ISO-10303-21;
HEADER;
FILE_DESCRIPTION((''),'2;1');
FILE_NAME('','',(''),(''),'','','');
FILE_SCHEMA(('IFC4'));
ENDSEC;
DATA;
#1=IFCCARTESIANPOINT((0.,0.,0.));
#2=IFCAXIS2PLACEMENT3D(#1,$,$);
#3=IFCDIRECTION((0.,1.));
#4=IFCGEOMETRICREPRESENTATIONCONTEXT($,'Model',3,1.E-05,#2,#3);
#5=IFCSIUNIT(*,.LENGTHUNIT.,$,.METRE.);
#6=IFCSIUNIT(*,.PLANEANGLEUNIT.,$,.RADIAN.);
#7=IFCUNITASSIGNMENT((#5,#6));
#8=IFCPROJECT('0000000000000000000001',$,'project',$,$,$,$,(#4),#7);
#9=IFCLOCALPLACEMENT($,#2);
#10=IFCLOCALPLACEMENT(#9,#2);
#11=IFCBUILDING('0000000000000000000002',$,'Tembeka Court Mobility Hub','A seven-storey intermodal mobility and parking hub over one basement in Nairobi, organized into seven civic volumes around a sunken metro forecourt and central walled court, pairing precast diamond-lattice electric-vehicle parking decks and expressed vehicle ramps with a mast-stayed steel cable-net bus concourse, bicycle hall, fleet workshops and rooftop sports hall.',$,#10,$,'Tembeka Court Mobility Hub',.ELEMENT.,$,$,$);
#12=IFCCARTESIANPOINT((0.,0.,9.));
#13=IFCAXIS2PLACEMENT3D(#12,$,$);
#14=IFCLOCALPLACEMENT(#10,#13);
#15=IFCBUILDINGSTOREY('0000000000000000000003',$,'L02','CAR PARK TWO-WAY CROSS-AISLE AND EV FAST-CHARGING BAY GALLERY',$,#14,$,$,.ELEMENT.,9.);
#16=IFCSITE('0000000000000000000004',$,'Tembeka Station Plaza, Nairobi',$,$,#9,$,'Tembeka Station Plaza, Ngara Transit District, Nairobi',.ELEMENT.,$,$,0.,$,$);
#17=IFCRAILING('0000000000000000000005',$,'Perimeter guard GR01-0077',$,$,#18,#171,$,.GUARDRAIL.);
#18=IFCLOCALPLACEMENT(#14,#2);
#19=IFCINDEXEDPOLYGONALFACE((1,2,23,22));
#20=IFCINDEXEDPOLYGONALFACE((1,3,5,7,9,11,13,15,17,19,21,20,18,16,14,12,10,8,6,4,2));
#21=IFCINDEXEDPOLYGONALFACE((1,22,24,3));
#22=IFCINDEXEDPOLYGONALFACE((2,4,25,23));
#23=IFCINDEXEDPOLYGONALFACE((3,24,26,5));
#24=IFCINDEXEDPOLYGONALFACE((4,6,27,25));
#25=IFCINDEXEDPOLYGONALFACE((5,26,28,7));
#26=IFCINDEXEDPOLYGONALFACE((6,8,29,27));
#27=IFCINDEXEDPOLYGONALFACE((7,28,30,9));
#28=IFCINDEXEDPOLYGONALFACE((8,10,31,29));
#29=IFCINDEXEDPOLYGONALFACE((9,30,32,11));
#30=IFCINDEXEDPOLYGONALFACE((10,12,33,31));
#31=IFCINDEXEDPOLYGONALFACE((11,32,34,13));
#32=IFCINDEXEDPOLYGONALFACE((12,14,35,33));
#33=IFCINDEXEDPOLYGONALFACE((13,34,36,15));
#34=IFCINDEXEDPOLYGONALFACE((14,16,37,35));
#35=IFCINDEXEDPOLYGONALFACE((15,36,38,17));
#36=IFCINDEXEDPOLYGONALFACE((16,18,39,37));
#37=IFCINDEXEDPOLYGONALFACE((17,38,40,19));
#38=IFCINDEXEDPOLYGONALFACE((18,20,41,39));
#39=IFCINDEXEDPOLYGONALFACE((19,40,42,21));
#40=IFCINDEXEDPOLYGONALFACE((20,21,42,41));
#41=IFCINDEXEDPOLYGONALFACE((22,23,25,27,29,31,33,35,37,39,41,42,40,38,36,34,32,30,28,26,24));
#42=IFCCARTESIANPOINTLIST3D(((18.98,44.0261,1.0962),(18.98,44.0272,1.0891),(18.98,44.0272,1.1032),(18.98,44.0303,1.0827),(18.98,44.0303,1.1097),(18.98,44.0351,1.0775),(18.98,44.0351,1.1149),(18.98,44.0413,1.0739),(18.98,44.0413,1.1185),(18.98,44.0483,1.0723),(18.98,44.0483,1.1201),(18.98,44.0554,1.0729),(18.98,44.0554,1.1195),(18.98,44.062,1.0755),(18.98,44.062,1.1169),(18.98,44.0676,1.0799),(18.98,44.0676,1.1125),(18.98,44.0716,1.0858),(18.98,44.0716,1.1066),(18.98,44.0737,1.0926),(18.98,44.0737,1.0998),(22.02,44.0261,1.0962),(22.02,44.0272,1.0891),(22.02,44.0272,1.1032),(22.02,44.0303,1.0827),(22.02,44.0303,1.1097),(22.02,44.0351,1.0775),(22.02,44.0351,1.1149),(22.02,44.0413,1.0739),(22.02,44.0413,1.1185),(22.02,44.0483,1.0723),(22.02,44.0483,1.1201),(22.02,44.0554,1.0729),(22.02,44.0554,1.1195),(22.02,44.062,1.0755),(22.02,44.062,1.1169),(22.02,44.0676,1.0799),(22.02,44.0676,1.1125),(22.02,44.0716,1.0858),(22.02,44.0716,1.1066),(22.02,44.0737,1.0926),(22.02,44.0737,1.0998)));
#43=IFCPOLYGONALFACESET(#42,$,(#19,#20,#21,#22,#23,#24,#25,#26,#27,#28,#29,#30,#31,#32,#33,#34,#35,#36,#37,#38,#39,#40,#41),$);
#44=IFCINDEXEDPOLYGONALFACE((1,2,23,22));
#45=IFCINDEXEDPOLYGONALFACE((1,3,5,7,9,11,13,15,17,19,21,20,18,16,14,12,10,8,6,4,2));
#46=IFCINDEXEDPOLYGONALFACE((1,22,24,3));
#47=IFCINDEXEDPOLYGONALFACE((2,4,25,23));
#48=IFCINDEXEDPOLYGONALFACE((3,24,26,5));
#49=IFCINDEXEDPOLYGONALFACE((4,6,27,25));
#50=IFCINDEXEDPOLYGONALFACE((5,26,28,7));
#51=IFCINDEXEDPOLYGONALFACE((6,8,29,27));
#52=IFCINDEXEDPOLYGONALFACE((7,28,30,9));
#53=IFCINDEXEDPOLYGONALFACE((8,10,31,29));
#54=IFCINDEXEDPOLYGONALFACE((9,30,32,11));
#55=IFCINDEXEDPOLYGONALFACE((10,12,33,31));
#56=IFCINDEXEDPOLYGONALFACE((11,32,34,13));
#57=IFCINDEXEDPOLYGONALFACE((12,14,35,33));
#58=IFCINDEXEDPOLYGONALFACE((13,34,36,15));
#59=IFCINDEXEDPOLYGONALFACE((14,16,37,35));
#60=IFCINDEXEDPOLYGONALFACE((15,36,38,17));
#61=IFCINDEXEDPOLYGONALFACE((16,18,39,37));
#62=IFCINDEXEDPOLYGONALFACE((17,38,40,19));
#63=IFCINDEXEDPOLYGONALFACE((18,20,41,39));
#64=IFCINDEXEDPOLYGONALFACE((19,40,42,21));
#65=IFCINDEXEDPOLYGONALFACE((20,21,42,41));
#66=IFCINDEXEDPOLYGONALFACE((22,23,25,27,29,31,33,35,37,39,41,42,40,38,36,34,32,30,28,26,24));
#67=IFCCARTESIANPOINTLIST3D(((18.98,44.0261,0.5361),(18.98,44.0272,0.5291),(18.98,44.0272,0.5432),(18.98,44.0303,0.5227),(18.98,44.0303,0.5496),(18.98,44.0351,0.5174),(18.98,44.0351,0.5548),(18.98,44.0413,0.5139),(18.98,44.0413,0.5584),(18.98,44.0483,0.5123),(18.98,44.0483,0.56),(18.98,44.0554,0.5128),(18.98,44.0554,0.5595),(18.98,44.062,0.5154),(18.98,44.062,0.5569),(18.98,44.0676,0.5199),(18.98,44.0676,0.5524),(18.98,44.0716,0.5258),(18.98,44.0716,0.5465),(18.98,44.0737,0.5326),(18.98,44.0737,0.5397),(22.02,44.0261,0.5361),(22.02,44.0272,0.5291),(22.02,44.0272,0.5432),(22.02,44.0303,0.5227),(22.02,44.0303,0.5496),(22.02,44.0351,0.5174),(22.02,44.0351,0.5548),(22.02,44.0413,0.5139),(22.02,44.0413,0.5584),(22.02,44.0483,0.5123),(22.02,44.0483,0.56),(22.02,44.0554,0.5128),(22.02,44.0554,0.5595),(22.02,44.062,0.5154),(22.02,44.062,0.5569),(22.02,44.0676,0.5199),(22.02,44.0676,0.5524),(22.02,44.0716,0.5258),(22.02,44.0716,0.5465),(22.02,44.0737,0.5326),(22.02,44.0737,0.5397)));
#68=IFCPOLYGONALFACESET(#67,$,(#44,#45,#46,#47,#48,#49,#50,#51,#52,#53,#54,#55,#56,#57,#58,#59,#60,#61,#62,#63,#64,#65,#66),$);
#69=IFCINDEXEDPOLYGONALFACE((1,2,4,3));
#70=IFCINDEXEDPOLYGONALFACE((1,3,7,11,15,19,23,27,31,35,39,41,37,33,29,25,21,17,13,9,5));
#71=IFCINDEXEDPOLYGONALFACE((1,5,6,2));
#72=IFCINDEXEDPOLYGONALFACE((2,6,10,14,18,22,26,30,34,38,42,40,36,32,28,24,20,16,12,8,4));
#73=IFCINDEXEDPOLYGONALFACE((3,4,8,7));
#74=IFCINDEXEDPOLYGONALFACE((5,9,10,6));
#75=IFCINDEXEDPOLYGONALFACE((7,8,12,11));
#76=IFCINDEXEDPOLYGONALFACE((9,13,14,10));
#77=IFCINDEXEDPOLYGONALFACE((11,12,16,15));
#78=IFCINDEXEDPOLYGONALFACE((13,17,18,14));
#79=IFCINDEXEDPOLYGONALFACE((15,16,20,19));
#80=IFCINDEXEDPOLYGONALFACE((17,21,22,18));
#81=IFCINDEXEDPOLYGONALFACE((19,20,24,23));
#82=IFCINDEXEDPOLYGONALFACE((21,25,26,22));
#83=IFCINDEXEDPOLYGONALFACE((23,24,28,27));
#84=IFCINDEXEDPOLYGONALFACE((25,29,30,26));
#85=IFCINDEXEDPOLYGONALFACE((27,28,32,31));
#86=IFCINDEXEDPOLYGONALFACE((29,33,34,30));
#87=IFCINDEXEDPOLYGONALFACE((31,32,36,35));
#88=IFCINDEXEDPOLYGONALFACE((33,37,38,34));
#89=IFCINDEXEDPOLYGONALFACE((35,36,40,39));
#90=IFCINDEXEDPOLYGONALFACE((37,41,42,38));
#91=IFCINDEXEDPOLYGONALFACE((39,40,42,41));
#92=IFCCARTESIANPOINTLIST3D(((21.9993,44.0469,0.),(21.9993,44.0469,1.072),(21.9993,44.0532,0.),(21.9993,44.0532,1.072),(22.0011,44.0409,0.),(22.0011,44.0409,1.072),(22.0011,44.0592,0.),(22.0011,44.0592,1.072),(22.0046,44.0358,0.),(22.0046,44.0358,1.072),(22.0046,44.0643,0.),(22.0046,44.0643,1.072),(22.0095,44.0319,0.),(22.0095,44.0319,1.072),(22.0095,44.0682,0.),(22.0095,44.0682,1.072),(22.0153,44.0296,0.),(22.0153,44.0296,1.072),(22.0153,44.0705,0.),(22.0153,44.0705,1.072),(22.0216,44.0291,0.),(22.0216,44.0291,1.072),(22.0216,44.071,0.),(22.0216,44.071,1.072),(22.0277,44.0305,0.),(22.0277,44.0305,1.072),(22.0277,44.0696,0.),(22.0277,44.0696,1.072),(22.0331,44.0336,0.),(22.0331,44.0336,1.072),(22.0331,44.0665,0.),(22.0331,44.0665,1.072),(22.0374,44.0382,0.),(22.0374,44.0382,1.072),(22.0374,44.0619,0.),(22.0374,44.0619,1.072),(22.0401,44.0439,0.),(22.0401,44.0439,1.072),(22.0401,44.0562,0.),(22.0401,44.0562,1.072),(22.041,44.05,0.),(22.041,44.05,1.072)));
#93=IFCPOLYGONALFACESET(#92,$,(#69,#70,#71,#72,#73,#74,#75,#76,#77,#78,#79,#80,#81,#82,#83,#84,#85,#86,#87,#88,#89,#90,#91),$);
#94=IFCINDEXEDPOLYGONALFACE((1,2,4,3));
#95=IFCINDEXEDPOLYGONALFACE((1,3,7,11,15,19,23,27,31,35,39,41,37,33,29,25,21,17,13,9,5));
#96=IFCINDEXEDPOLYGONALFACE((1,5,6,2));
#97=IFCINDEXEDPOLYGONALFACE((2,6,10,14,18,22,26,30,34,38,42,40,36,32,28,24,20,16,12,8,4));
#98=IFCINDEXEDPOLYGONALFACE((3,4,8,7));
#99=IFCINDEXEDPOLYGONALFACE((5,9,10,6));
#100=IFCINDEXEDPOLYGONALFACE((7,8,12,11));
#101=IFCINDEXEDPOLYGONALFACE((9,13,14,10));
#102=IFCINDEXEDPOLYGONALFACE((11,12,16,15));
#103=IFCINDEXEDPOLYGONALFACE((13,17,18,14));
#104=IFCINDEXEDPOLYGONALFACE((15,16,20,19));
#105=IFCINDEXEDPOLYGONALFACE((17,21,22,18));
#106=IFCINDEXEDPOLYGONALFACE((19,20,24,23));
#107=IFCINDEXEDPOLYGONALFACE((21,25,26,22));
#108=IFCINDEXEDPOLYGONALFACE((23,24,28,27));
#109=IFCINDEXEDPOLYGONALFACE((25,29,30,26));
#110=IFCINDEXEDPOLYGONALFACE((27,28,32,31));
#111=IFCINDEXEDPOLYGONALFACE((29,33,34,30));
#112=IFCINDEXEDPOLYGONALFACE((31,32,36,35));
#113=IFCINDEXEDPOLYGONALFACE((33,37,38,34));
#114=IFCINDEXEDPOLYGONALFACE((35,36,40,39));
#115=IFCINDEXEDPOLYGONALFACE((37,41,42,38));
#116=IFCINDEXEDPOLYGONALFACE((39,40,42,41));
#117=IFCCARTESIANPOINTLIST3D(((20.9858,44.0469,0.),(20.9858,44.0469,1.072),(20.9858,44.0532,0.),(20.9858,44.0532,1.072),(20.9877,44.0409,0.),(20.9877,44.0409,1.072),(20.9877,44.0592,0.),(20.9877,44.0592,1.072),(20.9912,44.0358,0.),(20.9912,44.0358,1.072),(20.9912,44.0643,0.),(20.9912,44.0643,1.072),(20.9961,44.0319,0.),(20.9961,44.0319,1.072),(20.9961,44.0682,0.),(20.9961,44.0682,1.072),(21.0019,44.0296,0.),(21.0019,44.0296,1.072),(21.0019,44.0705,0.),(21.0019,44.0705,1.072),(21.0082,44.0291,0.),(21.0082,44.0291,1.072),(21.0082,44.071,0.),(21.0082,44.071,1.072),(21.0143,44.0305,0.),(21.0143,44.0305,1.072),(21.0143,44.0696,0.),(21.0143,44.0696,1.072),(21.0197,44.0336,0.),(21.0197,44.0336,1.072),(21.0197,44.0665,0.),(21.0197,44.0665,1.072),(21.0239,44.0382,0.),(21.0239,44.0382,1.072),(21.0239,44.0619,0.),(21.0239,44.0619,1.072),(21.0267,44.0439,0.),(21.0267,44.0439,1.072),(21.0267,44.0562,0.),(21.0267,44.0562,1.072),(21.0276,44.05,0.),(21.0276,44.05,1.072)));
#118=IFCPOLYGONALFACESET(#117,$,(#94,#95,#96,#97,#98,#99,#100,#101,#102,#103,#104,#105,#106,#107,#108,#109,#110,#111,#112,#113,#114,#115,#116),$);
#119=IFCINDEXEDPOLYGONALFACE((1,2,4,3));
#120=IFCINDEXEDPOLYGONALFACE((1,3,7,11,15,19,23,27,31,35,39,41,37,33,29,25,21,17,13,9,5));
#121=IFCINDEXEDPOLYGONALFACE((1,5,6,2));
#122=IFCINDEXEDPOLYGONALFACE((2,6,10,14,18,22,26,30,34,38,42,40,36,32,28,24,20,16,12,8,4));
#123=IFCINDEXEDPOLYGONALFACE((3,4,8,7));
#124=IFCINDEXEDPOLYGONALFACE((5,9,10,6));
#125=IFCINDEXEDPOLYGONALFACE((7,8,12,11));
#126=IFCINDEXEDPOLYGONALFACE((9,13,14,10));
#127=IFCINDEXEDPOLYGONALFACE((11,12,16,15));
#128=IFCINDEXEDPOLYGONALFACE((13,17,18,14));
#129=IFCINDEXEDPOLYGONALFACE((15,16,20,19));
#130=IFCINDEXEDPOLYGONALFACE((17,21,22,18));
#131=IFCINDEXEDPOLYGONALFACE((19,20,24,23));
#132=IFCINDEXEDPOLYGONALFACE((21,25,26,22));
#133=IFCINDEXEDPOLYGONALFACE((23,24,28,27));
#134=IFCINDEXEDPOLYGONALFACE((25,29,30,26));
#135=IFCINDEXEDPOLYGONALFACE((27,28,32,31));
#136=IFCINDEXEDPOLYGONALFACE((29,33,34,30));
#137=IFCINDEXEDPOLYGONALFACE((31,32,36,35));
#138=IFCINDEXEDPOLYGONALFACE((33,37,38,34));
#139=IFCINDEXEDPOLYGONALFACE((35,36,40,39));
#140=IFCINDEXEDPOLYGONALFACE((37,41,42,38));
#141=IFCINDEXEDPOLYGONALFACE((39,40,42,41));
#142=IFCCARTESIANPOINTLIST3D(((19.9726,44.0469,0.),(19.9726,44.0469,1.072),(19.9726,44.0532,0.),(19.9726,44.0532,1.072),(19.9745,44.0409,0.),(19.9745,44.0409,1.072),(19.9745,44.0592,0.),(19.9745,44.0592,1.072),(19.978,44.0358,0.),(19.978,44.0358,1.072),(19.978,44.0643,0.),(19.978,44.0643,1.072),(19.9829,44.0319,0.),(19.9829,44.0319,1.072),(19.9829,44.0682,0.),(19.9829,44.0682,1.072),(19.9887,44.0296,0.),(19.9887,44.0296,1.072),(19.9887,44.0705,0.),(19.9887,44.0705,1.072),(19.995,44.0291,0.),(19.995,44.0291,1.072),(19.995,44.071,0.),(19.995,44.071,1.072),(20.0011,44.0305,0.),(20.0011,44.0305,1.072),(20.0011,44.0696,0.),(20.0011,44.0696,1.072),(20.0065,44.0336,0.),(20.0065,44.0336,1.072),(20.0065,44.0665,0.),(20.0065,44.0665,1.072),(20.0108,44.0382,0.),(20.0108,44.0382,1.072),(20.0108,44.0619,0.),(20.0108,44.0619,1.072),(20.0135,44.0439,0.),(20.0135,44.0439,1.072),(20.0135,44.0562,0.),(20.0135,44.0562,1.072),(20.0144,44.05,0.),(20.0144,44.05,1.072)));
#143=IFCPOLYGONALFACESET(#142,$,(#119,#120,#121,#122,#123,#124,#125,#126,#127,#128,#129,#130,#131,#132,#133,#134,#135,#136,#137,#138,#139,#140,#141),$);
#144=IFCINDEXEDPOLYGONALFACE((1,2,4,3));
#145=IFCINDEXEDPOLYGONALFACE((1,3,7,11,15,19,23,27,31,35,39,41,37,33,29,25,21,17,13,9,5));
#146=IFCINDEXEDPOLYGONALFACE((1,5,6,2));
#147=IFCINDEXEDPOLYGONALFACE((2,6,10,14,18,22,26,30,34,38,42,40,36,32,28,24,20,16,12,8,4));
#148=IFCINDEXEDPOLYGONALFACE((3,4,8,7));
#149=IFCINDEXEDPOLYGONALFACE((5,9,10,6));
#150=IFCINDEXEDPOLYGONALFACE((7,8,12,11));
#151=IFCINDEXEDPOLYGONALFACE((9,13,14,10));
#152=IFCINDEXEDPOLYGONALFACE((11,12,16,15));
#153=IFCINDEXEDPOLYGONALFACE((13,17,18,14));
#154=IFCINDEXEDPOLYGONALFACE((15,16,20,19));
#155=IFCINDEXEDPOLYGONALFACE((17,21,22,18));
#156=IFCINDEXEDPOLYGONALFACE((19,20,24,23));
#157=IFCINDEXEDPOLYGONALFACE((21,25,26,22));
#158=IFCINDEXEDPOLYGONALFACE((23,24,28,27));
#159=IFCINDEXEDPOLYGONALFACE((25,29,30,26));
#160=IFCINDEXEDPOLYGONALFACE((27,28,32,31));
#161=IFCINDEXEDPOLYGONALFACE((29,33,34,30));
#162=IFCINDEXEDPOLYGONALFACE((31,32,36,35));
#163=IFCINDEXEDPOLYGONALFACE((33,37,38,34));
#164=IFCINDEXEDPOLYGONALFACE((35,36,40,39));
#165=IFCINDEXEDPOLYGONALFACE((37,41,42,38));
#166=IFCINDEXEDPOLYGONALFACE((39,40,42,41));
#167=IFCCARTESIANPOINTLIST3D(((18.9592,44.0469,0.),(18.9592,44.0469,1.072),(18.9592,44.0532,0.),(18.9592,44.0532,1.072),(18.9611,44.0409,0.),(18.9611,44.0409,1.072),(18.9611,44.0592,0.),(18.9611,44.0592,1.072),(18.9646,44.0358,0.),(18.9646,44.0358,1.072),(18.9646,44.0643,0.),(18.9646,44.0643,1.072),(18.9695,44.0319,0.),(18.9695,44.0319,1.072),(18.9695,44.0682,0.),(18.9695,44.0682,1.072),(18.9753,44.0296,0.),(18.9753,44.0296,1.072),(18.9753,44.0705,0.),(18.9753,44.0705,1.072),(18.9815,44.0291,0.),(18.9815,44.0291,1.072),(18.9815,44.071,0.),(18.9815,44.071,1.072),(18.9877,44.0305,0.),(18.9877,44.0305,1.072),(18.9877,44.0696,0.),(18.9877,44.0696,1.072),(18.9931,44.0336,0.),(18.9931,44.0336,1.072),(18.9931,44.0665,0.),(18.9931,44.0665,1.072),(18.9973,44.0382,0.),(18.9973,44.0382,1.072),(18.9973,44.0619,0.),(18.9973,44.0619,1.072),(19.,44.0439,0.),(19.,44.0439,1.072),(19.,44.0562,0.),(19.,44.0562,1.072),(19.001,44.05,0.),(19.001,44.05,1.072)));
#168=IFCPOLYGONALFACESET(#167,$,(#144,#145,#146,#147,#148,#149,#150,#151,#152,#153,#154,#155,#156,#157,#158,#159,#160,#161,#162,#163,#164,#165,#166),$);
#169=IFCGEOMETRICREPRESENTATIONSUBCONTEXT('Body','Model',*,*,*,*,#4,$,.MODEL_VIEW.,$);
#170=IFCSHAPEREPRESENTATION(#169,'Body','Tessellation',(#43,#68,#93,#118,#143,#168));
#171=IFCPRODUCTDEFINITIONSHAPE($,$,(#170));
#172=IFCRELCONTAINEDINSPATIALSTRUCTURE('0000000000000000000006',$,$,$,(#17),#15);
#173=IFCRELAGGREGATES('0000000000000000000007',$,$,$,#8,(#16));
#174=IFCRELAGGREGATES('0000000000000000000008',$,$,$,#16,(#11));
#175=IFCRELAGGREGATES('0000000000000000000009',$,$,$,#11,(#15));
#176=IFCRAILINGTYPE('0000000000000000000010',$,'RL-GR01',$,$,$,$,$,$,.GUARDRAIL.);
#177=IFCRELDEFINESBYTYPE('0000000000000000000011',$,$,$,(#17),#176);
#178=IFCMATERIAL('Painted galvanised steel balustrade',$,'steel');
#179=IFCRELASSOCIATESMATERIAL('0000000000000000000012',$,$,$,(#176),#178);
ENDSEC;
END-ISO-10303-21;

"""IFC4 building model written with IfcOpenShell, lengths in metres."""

from ifc_helpers import new_model, si_unit, direction, frame, origin, origin_2d, place, context, subcontext, project, spatial, circle, extrude, material, type_object, element, save


model = new_model("IFC4")

# Units and contexts
model_context = context("Model", 3, precision=1e-05, world=origin(), true_north=direction((0.0, 1.0)))
body_context = subcontext(model_context, "Body", "Model", "MODEL_VIEW")
ifc_project = project(units=[si_unit("LENGTHUNIT", "METRE"), si_unit("PLANEANGLEUNIT", "RADIAN")], contexts=[model_context])

# Site, building, storey
site_placement = place(None, origin())
site = spatial("IfcSite", under=ifc_project, at=site_placement, Name="Tembeka Station Plaza, Nairobi", LongName="Tembeka Station Plaza, Ngara Transit District, Nairobi", CompositionType="ELEMENT", RefElevation=0.0)
building_placement = place(site_placement, origin())
building = spatial("IfcBuilding", under=site, at=building_placement, Name="Tembeka Court Mobility Hub", Description="A seven-storey intermodal mobility and parking hub over one basement in Nairobi, organized into seven civic volumes around a sunken metro forecourt and central walled court, pairing precast diamond-lattice electric-vehicle parking decks and expressed vehicle ramps with a mast-stayed steel cable-net bus concourse, bicycle hall, fleet workshops and rooftop sports hall.", LongName="Tembeka Court Mobility Hub", CompositionType="ELEMENT")
storey_placement = place(building_placement, frame((0.0, 0.0, 9.0)))
storey = spatial("IfcBuildingStorey", under=building, at=storey_placement, Name="L02", Description="CAR PARK TWO-WAY CROSS-AISLE AND EV FAST-CHARGING BAY GALLERY", CompositionType="ELEMENT", Elevation=9.0)

# Railing
ifc_material_1 = material(Name="Painted galvanised steel balustrade", Category="steel")
railing_type = type_object("IfcRailingType", Name="RL-GR01", PredefinedType="GUARDRAIL", material=ifc_material_1)
railing_1_placement = place(storey_placement, frame((22.02, 44.05, 0.0)))
element("IfcRailing", 1, at=railing_1_placement, inside=storey, type_object=railing_type, Name="Perimeter guard GR01-0077", PredefinedType="GUARDRAIL", context=body_context, shape_type="SweptSolid", body=[
    extrude(circle(Radius=0.0239, at=origin_2d()), frame((0.0, 0.0, 1.0962), z_axis=(-1.0, 0.0, 0.0), x_axis=(0.0, -1.0, 0.0)), (0.0, 0.0, 1.0), 3.04),
    extrude(circle(Radius=0.0239, at=origin_2d()), frame((0.0, 0.0, 0.5361), z_axis=(-1.0, 0.0, 0.0), x_axis=(0.0, -1.0, 0.0)), (0.0, 0.0, 1.0), 3.04),
    extrude(circle(Radius=0.021, at=origin_2d()), origin(), (0.0, 0.0, 1.0), 1.072),
    extrude(circle(Radius=0.021, at=origin_2d()), frame((-1.0134, 0.0, 0.0)), (0.0, 0.0, 1.0), 1.072),
    extrude(circle(Radius=0.021, at=origin_2d()), frame((-2.0266, 0.0, 0.0)), (0.0, 0.0, 1.0), 1.072),
    extrude(circle(Radius=0.021, at=origin_2d()), frame((-3.04, 0.0, 0.0)), (0.0, 0.0, 1.0), 1.072),
])

save(model, "model.ifc")
